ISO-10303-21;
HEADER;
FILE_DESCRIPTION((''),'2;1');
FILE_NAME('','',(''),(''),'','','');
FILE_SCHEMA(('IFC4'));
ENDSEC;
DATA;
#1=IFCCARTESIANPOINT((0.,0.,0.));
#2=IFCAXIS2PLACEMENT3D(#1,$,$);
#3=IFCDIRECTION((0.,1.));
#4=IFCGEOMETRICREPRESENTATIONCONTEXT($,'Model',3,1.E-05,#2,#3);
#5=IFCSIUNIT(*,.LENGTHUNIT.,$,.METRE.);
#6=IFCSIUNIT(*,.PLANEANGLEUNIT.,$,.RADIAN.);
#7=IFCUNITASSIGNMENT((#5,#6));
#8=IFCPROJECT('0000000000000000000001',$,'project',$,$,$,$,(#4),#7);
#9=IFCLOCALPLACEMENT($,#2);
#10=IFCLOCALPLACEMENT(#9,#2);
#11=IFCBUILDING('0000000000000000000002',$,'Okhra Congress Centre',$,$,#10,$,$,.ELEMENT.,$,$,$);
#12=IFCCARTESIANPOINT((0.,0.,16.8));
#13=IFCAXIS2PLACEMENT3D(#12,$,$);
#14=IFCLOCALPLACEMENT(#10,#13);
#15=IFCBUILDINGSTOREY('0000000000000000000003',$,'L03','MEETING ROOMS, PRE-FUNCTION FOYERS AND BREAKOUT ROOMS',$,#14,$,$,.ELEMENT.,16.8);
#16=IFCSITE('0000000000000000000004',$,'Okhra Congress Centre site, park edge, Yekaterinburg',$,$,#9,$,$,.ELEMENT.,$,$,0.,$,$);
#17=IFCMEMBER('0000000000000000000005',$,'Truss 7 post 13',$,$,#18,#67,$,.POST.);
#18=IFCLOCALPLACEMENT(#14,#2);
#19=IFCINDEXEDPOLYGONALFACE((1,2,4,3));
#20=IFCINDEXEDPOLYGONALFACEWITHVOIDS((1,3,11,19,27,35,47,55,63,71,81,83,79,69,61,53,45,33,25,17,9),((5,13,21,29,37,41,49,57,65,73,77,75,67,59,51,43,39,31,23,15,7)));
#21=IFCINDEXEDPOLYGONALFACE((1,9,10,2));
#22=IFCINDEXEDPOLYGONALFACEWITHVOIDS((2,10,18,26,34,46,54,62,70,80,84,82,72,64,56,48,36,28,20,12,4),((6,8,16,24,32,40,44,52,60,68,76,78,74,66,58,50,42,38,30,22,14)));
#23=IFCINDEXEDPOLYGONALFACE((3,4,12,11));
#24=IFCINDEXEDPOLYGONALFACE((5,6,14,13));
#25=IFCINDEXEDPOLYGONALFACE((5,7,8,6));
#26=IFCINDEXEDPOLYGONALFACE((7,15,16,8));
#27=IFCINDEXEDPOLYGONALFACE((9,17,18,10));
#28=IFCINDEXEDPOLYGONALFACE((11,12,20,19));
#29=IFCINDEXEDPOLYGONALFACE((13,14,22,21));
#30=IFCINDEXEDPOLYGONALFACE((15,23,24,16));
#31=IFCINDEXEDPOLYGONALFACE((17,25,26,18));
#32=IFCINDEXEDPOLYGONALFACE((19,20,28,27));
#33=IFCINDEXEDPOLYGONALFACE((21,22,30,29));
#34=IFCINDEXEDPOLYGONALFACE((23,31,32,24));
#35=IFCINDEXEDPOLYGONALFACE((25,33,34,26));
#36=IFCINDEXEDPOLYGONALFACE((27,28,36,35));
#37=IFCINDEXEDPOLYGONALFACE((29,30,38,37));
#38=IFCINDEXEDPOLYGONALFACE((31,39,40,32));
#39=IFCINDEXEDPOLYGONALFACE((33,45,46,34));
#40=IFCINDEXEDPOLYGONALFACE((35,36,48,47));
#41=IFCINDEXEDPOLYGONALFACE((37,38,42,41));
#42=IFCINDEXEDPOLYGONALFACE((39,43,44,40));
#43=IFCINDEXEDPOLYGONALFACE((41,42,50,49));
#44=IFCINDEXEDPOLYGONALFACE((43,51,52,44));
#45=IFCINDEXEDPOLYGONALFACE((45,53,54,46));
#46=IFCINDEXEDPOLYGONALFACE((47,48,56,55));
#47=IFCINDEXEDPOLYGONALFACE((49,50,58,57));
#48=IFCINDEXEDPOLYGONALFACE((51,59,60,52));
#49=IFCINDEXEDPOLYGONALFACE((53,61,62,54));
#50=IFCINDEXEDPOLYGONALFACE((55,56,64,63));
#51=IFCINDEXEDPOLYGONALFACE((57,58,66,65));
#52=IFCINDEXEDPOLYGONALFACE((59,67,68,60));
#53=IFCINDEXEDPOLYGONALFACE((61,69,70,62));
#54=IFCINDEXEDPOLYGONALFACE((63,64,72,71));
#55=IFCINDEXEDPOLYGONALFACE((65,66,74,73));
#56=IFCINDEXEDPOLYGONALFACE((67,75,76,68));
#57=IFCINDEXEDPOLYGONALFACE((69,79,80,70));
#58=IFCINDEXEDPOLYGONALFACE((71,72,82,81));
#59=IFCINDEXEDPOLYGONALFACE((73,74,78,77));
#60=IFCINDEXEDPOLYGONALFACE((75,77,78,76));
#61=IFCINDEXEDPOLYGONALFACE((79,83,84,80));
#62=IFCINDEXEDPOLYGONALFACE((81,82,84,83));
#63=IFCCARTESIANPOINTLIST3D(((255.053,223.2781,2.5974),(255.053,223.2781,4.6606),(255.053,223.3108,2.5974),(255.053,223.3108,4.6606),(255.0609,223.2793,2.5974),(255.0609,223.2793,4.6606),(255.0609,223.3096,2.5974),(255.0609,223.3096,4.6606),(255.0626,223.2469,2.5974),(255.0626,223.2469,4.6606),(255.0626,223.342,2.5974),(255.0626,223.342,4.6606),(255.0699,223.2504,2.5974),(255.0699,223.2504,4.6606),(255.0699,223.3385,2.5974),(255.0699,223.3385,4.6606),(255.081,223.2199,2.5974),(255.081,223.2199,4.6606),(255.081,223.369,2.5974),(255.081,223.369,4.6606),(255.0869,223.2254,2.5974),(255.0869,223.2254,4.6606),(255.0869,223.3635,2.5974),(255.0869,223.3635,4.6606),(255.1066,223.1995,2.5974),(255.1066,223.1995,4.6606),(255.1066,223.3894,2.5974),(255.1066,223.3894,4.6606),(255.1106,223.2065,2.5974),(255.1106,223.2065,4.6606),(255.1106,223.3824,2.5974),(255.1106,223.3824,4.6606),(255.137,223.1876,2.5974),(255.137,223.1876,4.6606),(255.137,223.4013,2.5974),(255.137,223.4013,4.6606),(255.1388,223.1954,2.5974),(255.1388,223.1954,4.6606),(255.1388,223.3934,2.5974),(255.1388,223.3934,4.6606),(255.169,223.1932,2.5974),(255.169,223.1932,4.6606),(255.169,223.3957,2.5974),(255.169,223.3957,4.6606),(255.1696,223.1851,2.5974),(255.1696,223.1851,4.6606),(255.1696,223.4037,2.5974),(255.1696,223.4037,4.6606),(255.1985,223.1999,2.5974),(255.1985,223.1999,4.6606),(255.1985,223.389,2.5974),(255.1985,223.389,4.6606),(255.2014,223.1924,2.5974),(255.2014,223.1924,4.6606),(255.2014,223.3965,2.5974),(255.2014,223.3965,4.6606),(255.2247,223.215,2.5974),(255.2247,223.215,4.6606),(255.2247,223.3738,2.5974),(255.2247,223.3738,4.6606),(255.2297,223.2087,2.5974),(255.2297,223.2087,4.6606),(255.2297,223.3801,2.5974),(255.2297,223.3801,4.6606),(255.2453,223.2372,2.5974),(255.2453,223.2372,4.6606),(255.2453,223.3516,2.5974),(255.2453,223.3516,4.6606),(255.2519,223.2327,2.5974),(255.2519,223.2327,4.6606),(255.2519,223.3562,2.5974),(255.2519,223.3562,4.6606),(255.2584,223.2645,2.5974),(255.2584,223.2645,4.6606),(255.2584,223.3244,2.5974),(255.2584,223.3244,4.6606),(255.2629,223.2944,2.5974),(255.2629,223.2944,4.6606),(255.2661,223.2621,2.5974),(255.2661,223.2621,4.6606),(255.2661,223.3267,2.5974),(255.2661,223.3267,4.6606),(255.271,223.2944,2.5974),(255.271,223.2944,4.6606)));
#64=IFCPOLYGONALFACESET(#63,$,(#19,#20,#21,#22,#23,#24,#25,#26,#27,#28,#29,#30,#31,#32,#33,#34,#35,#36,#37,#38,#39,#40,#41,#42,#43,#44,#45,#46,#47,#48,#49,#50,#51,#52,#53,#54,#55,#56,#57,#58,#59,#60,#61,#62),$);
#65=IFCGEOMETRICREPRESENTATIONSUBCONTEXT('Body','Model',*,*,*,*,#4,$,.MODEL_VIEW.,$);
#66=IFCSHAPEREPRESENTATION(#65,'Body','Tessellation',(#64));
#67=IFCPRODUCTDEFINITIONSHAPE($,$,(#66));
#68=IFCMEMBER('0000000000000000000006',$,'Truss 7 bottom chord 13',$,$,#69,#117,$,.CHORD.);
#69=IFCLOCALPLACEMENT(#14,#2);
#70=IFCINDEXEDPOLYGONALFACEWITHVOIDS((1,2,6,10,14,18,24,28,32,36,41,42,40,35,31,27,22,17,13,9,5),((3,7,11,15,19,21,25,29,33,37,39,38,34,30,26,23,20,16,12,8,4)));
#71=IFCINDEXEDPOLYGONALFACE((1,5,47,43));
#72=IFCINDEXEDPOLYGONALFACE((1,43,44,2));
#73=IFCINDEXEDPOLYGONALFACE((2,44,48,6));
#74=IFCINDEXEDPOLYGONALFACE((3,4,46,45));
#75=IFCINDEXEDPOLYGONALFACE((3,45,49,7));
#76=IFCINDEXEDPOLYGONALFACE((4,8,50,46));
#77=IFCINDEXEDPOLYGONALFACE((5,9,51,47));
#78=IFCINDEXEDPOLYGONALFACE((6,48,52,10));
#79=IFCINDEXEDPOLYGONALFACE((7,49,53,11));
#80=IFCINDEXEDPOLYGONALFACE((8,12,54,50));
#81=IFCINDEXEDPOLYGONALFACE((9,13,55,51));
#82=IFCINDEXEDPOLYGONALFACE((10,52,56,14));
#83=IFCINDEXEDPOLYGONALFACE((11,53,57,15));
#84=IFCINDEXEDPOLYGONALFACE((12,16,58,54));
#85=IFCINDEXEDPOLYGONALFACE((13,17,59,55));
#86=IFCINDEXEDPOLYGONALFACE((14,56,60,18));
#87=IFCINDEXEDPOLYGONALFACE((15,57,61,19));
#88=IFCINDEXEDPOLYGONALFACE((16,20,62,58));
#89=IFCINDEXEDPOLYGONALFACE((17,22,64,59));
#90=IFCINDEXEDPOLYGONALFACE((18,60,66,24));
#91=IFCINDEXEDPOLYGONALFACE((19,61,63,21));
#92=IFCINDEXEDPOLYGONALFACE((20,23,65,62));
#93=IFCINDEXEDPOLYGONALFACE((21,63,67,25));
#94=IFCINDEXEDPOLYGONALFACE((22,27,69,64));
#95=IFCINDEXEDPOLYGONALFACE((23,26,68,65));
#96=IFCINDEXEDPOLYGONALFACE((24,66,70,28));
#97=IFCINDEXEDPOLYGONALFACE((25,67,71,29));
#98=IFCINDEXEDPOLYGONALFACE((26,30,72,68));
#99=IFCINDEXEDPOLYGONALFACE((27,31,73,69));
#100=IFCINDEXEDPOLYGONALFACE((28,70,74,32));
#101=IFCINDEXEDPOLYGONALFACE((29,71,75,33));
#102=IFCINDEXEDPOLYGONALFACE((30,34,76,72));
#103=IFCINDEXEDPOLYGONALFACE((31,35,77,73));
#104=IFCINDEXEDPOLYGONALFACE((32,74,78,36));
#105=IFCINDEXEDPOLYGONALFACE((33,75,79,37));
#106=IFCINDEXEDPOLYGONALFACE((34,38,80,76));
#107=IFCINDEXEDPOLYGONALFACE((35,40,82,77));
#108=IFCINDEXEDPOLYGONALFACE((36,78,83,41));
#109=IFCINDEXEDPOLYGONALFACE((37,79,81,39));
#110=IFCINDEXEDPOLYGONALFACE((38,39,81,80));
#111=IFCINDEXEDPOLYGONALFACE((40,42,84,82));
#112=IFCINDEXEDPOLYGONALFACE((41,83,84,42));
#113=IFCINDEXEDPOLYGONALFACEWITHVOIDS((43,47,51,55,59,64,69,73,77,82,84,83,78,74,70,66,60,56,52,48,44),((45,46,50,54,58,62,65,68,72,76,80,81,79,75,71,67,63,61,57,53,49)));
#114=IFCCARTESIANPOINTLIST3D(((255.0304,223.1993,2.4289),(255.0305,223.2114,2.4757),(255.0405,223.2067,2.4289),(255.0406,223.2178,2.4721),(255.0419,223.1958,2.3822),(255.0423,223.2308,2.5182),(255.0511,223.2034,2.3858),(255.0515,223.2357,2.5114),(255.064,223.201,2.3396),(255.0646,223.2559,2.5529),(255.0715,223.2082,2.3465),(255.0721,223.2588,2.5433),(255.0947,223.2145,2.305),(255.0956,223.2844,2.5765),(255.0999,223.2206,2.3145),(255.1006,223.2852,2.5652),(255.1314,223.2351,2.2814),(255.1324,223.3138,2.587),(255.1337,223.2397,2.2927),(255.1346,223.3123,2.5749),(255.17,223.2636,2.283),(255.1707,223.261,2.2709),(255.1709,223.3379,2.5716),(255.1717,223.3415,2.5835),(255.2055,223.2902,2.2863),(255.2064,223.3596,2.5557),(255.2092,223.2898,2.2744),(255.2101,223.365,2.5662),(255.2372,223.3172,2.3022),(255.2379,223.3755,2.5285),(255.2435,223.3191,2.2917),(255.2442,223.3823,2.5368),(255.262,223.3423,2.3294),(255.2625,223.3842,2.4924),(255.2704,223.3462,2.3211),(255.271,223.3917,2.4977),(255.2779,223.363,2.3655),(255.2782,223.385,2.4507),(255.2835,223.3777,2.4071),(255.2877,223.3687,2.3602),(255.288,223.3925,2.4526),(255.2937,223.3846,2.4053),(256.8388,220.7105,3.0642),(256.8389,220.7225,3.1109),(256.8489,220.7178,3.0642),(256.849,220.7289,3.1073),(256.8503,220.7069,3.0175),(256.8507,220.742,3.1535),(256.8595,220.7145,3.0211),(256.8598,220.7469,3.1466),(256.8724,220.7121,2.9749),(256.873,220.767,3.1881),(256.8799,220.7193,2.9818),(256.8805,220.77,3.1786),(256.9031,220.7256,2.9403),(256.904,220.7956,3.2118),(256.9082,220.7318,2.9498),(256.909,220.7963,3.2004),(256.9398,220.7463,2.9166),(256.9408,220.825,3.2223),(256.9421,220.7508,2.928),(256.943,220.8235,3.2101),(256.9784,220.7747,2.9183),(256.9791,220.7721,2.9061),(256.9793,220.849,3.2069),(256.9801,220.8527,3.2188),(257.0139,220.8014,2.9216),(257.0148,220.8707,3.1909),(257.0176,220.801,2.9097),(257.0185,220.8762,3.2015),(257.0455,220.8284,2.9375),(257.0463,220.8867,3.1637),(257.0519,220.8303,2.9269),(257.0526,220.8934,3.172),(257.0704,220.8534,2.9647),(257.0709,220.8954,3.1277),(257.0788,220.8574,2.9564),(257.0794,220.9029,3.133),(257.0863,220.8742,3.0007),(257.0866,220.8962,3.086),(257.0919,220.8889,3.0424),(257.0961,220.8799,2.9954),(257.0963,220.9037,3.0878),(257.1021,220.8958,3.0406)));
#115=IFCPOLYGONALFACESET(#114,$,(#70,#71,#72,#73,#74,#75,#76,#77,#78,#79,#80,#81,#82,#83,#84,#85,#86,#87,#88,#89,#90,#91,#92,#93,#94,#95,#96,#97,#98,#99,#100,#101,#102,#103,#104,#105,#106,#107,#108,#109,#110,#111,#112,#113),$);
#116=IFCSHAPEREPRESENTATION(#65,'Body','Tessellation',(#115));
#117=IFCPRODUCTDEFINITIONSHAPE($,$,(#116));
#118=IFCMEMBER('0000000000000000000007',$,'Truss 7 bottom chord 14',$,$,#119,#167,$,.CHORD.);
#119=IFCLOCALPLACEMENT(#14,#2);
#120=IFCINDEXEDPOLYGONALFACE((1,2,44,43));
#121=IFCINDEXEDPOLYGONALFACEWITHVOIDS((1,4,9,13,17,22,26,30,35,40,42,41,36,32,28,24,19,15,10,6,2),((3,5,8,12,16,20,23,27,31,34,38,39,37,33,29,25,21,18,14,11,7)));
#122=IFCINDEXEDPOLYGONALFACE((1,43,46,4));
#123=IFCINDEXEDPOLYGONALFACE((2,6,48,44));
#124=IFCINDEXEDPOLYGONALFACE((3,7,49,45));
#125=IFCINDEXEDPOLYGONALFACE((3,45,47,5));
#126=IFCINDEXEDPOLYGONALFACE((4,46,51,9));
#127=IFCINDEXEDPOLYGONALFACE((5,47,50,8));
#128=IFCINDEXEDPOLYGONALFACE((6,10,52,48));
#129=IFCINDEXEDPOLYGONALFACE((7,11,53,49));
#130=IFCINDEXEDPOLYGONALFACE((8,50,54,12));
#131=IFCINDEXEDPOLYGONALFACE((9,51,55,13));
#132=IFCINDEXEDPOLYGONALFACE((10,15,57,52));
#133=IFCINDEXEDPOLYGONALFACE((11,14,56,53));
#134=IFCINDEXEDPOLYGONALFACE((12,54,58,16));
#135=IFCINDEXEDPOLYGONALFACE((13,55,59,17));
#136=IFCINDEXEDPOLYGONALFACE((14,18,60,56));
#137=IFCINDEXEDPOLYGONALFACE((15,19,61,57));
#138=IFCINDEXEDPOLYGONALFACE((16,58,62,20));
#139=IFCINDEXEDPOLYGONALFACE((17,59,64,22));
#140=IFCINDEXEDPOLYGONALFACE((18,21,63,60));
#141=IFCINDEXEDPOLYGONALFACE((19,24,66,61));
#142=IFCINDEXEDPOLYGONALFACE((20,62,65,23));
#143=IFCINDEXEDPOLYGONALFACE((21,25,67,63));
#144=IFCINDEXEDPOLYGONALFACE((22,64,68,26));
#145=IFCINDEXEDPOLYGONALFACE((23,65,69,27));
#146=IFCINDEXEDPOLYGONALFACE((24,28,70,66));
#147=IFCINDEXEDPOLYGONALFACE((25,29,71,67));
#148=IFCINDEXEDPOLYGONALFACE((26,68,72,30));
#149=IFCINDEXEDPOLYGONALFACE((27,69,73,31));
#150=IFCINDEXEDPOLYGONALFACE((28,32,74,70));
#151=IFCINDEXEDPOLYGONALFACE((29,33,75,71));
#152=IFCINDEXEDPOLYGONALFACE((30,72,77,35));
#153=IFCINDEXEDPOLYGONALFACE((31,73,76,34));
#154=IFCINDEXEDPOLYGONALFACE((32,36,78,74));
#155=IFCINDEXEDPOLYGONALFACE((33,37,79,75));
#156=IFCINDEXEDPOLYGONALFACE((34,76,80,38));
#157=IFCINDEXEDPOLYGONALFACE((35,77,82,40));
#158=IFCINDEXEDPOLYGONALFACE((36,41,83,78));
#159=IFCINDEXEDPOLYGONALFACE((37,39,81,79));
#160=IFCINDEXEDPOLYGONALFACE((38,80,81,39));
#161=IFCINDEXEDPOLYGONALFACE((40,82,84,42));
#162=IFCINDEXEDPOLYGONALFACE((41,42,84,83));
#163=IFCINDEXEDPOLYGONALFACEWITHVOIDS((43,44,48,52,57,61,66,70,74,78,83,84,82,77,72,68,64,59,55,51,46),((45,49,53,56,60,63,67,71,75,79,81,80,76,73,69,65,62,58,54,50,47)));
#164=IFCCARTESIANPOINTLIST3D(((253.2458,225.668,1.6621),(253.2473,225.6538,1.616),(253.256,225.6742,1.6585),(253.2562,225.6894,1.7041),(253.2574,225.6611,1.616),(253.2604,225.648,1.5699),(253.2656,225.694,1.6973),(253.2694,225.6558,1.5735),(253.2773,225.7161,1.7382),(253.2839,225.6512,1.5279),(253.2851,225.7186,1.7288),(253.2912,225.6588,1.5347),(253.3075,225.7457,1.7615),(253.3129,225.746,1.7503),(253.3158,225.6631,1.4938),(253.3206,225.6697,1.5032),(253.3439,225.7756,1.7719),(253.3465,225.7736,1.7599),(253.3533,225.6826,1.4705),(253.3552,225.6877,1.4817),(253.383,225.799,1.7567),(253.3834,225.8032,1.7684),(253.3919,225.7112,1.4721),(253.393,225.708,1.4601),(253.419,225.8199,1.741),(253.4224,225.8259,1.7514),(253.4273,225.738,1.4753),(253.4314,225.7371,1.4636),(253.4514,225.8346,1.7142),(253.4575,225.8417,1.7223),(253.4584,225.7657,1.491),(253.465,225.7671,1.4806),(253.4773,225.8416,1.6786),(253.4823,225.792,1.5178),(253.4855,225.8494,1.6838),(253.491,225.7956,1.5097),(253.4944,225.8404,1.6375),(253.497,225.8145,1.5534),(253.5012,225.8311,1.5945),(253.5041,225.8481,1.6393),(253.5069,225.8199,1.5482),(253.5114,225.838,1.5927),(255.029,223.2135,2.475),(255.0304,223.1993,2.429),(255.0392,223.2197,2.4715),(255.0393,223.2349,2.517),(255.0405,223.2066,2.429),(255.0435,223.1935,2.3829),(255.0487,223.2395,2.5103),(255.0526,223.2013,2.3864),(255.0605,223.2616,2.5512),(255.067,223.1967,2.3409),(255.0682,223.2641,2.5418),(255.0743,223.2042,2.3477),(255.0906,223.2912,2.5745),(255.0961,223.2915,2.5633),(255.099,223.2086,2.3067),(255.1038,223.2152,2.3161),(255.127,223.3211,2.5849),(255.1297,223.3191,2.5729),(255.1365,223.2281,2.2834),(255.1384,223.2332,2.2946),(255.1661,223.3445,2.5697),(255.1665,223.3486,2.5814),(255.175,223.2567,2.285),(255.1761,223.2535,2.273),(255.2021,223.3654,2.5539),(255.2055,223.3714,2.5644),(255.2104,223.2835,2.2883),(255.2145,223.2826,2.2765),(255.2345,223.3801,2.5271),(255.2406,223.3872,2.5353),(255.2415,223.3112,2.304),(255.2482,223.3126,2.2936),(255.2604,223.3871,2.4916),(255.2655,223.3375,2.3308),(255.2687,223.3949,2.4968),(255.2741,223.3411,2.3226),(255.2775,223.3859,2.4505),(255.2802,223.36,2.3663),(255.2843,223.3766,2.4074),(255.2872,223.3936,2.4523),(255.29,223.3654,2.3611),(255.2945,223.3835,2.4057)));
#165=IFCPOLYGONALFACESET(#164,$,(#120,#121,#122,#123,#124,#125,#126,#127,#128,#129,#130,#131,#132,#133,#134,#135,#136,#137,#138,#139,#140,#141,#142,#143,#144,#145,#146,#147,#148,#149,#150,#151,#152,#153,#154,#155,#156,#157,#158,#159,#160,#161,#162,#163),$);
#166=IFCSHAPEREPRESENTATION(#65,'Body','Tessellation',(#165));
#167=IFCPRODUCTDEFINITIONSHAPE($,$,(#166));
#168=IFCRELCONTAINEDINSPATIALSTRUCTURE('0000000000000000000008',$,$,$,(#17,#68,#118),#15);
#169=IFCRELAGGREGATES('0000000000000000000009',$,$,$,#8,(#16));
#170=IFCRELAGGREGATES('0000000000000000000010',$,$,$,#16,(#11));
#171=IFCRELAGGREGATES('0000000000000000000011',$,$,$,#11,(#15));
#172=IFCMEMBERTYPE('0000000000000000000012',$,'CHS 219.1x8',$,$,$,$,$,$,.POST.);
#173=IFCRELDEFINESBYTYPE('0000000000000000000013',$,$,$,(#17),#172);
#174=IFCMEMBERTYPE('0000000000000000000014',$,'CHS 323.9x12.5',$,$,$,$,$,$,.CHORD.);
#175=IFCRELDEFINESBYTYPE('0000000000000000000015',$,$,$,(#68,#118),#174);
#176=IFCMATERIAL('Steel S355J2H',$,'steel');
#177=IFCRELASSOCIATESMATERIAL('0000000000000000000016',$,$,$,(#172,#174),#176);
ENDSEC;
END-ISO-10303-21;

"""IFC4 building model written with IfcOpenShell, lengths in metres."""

from ifc_helpers import new_model, si_unit, direction, frame, origin, origin_2d, place, context, subcontext, project, spatial, hollow_circle, extrude, material, material_profile, profile_set, type_object, element, save


model = new_model("IFC4")

# Units and contexts
model_context = context("Model", 3, precision=1e-05, world=origin(), true_north=direction((0.0, 1.0)))
body_context = subcontext(model_context, "Body", "Model", "MODEL_VIEW")
ifc_project = project(units=[si_unit("LENGTHUNIT", "METRE"), si_unit("PLANEANGLEUNIT", "RADIAN")], contexts=[model_context])

# Site, building, storey
site_placement = place(None, origin())
site = spatial("IfcSite", under=ifc_project, at=site_placement, Name="Okhra Congress Centre site, park edge, Yekaterinburg", CompositionType="ELEMENT", RefElevation=0.0)
building_placement = place(site_placement, origin())
building = spatial("IfcBuilding", under=site, at=building_placement, Name="Okhra Congress Centre", CompositionType="ELEMENT")
storey_placement = place(building_placement, frame((0.0, 0.0, 16.8)))
storey = spatial("IfcBuildingStorey", under=building, at=storey_placement, Name="L03", Description="MEETING ROOMS, PRE-FUNCTION FOYERS AND BREAKOUT ROOMS", CompositionType="ELEMENT", Elevation=16.8)

# Members
ifc_material_1 = material(Name="Steel S355J2H", Category="steel")
ifc_material_profile_1 = material_profile(ifc_material_1, hollow_circle(Radius=0.1096, WallThickness=0.0081, at=origin_2d()), Name="CHS 219.1x8")
ifc_profile_set_1 = profile_set([ifc_material_profile_1], Name="Steel S355J2H")
member_type_1 = type_object("IfcMemberType", Name="CHS 219.1x8", PredefinedType="POST", material=ifc_profile_set_1)
member_1_placement = place(storey_placement, frame((255.1614, 223.2944, 2.5974), z_axis=(0.0, 0.0, 1.0), x_axis=(1.0, 0.0, 0.0)))
element("IfcMember", 1, at=member_1_placement, inside=storey, type_object=member_type_1, Name="Truss 7 post 13", PredefinedType="POST", context=body_context, shape_type="SweptSolid", body=[
    extrude(hollow_circle(Radius=0.1096, WallThickness=0.0081, at=origin_2d()), origin(), (0.0, 0.0, 1.0), 2.0632),
])
ifc_material_profile_2 = material_profile(ifc_material_1, hollow_circle(Radius=0.1619, WallThickness=0.0125, at=origin_2d()), Name="CHS 323.9x12.5")
ifc_profile_set_2 = profile_set([ifc_material_profile_2], Name="Steel S355J2H")
member_type_2 = type_object("IfcMemberType", Name="CHS 323.9x12.5", PredefinedType="CHORD", material=ifc_profile_set_2)
member_2_placement = place(storey_placement, frame((256.9697, 220.8057, 3.0642), z_axis=(-0.575673, 0.792278, -0.202228), x_axis=(-0.808993, -0.587818, 0.0)))
element("IfcMember", 2, at=member_2_placement, inside=storey, type_object=member_type_2, Name="Truss 7 bottom chord 13", PredefinedType="CHORD", context=body_context, shape_type="SweptSolid", body=[
    extrude(hollow_circle(Radius=0.1619, WallThickness=0.0125, at=origin_2d()), origin(), (0.0, 0.0, 1.0), 3.1414),
])
for number, where, z_axis, x_axis, name in (
    (3, (255.1614, 223.2944, 2.429), (-0.567721, 0.781472, -0.258832), (-0.809042, -0.587751, 0.0), "Truss 7 bottom chord 14"),
):
    element("IfcMember", number, at=place(storey_placement, frame(where, z_axis=z_axis, x_axis=x_axis)), inside=storey, type_object=member_type_2, Name=name, PredefinedType="CHORD", context=body_context, shape_type="SweptSolid", body=[
        extrude(hollow_circle(Radius=0.1619, WallThickness=0.0125, at=origin_2d()), origin(), (0.0, 0.0, 1.0), 3.1409),
    ])

save(model, "model.ifc")
